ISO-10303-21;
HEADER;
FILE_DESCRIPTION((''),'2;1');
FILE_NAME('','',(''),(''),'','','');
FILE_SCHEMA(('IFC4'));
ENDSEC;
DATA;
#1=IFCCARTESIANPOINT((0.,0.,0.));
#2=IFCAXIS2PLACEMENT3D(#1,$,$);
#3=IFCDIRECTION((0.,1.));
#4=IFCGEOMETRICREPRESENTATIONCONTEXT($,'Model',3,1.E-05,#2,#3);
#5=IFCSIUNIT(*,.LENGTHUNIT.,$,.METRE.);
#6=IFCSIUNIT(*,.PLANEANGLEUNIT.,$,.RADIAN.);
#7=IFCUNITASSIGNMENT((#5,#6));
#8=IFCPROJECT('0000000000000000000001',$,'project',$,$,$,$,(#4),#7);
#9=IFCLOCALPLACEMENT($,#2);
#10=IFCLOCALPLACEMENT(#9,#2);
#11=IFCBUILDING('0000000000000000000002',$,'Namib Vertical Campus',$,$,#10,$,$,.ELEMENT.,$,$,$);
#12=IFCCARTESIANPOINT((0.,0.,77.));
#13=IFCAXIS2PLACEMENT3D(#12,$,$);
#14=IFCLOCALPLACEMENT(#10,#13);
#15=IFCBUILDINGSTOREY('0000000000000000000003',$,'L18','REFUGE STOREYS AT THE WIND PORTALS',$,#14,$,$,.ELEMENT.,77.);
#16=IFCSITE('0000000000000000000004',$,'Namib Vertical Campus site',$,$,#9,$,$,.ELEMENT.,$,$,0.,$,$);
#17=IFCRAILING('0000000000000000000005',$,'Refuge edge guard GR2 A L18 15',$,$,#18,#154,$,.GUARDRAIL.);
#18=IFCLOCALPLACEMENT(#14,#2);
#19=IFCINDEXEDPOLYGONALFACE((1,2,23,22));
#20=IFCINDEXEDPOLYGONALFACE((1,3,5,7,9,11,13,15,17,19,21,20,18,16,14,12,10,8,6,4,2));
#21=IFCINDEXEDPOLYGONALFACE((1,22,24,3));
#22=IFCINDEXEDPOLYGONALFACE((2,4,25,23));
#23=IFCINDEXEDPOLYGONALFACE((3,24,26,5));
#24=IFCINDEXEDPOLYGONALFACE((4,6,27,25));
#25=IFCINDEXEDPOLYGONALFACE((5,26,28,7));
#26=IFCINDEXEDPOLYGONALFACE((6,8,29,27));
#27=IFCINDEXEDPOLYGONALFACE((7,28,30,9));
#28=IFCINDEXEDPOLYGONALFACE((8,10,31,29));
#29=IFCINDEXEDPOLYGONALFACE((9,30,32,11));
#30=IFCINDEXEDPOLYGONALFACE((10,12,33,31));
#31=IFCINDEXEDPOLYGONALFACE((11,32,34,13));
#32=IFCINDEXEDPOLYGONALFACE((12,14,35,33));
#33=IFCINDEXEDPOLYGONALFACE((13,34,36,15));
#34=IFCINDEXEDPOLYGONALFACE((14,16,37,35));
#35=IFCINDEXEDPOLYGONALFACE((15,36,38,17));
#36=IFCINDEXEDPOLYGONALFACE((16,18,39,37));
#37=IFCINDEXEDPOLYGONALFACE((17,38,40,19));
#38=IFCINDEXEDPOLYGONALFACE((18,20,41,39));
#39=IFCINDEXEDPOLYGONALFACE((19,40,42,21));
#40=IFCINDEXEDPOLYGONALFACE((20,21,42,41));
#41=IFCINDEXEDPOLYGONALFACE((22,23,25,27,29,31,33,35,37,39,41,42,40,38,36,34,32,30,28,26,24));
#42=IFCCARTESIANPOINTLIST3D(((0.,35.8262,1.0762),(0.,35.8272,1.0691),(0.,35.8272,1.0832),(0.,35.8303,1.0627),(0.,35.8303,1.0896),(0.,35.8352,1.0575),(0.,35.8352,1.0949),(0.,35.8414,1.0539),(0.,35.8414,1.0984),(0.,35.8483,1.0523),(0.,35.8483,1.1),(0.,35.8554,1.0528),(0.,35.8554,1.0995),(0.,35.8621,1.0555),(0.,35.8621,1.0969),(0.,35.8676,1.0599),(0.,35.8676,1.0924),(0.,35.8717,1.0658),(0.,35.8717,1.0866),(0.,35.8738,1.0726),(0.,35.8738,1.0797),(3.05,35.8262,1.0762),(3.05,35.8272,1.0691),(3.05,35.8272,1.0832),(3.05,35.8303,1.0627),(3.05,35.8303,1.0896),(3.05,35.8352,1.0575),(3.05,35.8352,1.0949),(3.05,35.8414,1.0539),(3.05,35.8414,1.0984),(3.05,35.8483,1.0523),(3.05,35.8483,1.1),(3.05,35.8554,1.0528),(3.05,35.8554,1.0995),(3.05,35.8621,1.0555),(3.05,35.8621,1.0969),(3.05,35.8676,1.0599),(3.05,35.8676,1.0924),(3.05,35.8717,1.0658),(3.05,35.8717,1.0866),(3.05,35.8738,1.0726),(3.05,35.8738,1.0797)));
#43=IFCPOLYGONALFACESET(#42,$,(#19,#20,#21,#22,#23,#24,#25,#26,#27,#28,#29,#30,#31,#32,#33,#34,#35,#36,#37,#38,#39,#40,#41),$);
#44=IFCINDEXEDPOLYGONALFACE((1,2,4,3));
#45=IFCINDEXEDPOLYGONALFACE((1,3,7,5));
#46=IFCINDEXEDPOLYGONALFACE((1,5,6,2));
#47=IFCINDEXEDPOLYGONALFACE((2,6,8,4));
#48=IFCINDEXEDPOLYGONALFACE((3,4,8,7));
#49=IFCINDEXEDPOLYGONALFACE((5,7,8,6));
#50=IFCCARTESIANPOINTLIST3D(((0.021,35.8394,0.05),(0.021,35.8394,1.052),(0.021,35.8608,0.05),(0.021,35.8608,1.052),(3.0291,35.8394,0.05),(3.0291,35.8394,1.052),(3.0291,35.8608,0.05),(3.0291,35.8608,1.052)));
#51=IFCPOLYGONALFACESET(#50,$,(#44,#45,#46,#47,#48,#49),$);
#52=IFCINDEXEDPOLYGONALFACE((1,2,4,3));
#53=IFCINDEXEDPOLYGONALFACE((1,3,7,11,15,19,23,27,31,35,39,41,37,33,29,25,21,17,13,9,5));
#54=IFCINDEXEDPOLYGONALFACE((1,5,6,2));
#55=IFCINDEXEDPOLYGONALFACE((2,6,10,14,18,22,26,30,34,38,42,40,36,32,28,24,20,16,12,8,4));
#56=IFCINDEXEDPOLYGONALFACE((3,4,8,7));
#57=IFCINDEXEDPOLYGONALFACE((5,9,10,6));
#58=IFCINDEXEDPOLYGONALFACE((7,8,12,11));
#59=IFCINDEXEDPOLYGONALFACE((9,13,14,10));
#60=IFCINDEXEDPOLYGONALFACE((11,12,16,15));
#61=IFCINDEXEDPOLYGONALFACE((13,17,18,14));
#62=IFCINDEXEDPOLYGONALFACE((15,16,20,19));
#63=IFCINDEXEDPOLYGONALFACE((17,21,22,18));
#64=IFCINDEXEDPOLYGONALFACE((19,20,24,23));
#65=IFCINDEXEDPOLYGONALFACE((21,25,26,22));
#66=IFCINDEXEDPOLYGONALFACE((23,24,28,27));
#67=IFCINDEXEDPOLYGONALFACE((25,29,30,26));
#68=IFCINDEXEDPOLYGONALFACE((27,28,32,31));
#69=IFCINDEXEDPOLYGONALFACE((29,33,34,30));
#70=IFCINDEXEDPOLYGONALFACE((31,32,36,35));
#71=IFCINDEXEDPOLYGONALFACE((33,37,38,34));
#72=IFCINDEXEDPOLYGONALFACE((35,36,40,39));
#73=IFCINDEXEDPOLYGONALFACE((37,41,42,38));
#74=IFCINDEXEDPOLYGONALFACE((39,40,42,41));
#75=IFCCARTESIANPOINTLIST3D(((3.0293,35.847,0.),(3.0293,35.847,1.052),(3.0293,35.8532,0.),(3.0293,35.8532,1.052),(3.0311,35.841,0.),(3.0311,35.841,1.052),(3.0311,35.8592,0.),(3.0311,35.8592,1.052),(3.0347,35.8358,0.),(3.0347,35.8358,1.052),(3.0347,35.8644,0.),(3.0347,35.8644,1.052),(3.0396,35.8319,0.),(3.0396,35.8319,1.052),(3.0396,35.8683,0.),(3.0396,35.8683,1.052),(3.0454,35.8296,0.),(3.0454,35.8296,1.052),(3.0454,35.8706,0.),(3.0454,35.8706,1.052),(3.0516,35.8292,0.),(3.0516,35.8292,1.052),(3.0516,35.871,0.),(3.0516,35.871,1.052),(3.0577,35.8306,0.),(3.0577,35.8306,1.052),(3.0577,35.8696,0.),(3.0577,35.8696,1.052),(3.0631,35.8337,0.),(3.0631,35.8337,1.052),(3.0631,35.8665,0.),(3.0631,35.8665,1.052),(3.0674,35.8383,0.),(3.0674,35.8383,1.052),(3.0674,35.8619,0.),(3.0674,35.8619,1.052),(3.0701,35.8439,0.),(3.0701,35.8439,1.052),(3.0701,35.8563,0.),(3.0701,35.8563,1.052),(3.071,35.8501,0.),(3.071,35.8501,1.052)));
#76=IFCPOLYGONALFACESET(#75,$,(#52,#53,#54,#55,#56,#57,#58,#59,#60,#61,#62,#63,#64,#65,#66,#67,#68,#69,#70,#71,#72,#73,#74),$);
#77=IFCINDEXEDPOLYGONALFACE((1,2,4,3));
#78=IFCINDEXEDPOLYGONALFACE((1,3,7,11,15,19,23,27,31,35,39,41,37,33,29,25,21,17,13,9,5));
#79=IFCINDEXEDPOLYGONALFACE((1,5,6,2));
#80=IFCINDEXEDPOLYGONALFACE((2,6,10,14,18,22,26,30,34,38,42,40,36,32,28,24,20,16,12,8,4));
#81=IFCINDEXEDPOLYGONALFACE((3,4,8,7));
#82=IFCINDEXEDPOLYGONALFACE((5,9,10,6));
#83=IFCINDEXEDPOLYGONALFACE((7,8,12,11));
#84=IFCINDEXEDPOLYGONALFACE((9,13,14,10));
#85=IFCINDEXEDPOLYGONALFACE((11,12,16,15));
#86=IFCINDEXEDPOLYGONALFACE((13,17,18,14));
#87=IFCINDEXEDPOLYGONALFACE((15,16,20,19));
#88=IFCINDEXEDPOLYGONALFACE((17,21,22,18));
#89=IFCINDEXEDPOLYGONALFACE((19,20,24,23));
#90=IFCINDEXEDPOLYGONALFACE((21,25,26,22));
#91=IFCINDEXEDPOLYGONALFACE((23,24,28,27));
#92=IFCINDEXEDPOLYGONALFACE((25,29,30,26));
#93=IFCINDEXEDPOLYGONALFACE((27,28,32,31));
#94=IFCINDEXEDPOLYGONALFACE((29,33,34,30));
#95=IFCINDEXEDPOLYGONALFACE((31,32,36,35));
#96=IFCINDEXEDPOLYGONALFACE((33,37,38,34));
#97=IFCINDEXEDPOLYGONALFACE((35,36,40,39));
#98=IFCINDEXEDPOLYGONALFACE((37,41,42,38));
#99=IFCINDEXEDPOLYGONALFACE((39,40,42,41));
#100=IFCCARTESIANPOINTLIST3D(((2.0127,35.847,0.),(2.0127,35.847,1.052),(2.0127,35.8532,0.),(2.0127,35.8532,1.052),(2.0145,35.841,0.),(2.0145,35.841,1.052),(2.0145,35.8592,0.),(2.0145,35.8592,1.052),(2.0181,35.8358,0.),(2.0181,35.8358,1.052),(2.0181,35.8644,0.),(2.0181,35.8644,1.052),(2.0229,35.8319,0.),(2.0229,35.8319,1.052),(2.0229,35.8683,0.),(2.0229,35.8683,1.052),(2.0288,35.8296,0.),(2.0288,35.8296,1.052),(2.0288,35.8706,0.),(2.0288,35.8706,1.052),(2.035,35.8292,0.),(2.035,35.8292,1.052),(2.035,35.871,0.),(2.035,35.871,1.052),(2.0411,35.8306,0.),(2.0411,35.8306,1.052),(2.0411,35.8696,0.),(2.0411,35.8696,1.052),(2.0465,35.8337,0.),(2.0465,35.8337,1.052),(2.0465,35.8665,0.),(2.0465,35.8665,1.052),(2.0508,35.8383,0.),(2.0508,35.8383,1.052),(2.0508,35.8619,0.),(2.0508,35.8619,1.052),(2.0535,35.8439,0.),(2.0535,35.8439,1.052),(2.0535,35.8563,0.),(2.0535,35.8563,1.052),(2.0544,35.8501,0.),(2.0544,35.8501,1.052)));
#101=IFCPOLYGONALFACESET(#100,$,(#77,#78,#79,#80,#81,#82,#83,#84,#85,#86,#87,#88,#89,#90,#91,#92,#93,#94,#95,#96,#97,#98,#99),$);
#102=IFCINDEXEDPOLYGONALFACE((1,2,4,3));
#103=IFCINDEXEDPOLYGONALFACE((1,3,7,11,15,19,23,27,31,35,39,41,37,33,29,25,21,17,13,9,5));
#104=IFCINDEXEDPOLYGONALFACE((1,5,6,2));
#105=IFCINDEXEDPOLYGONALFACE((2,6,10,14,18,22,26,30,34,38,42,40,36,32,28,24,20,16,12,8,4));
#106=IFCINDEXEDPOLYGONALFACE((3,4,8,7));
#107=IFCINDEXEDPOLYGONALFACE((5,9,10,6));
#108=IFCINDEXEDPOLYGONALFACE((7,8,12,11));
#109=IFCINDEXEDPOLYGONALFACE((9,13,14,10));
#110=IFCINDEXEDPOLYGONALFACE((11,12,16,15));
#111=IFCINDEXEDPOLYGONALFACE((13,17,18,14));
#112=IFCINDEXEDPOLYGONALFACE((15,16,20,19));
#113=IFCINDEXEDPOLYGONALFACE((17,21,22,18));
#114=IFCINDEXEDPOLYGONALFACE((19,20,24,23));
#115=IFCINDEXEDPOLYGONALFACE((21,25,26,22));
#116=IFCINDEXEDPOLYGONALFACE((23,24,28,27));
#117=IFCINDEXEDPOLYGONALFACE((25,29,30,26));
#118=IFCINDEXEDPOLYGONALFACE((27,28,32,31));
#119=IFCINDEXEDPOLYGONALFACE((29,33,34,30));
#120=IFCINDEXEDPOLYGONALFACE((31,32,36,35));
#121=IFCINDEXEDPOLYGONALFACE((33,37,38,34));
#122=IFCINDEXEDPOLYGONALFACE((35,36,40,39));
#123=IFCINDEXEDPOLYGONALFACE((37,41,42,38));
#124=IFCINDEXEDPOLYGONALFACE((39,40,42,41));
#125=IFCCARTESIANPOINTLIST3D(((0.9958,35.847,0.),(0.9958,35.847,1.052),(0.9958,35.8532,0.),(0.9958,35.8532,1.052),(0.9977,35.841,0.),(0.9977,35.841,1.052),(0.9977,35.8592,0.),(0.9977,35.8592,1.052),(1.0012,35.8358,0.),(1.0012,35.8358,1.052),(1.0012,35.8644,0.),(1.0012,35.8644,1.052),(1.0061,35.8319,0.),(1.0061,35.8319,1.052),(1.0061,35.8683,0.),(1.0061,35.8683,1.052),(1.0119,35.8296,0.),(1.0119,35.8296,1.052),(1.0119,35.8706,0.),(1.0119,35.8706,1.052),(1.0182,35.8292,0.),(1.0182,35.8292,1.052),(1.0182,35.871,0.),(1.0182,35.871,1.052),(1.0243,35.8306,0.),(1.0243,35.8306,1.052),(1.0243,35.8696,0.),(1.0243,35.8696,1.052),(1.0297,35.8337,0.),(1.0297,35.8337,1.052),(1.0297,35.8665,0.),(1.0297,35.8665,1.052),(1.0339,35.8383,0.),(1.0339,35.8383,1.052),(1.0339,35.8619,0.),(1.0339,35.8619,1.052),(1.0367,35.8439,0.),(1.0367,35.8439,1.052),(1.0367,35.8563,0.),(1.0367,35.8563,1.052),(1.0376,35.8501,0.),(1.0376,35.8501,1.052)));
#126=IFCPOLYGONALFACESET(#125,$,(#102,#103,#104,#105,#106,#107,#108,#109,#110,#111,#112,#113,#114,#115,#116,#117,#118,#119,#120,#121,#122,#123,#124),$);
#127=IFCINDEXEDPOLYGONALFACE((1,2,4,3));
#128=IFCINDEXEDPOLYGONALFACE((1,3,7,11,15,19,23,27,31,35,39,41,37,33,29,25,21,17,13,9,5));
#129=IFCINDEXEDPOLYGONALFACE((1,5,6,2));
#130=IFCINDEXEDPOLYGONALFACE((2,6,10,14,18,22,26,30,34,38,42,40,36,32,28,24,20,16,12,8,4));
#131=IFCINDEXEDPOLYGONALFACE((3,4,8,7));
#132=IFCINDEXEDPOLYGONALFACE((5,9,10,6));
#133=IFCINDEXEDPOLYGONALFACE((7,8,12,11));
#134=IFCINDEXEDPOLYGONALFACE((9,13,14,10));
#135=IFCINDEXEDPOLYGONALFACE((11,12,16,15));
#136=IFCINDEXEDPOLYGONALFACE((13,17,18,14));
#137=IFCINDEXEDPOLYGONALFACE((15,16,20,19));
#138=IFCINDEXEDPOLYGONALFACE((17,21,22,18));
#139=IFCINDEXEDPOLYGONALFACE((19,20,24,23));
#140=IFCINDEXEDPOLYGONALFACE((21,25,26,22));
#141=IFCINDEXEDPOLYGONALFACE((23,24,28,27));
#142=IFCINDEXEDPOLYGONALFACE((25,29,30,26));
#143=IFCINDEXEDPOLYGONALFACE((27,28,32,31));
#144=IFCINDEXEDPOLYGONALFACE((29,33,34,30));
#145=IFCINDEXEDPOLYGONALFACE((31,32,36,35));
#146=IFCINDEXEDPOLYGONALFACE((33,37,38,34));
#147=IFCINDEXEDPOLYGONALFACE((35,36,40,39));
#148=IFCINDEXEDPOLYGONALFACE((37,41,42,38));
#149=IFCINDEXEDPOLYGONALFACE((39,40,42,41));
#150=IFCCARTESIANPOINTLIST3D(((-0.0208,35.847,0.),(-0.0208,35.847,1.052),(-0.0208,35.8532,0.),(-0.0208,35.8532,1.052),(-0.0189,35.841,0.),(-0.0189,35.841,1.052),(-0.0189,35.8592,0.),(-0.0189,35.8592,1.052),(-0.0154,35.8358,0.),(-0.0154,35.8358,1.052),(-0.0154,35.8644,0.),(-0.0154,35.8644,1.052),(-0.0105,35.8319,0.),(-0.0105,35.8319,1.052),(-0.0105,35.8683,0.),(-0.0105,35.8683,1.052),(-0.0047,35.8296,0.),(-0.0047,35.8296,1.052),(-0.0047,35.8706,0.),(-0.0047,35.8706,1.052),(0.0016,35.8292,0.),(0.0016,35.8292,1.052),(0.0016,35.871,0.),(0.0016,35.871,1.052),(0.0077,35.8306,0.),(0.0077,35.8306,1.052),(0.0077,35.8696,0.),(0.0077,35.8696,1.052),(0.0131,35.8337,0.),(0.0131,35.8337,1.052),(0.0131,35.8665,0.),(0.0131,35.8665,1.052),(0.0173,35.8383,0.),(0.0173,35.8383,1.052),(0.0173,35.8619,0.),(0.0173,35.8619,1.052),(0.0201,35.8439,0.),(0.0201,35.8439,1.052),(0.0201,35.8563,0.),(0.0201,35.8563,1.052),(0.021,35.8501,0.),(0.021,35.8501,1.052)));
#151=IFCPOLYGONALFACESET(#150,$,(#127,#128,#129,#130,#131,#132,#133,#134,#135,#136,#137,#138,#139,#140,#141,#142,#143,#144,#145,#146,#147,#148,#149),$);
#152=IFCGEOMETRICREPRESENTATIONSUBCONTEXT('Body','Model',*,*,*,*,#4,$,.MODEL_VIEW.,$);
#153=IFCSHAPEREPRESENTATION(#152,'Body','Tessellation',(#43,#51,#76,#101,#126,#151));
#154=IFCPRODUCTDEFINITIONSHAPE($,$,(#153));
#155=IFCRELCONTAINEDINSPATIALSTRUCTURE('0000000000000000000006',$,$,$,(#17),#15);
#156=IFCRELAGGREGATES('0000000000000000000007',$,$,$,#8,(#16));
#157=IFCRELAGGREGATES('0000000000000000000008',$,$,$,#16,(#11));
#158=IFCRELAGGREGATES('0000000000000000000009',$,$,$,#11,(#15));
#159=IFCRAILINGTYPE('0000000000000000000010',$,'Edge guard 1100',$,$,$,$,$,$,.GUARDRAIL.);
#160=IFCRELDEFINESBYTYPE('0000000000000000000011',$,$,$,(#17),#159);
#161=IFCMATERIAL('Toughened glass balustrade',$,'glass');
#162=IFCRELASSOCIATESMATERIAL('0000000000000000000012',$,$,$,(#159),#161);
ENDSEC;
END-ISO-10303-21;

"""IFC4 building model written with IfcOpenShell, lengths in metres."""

from ifc_helpers import new_model, si_unit, direction, frame, origin, origin_2d, place, context, subcontext, project, spatial, polyline, circle, outline, extrude, material, type_object, element, save


model = new_model("IFC4")

# Units and contexts
model_context = context("Model", 3, precision=1e-05, world=origin(), true_north=direction((0.0, 1.0)))
body_context = subcontext(model_context, "Body", "Model", "MODEL_VIEW")
ifc_project = project(units=[si_unit("LENGTHUNIT", "METRE"), si_unit("PLANEANGLEUNIT", "RADIAN")], contexts=[model_context])

# Site, building, storey
site_placement = place(None, origin())
site = spatial("IfcSite", under=ifc_project, at=site_placement, Name="Namib Vertical Campus site", CompositionType="ELEMENT", RefElevation=0.0)
building_placement = place(site_placement, origin())
building = spatial("IfcBuilding", under=site, at=building_placement, Name="Namib Vertical Campus", CompositionType="ELEMENT")
storey_placement = place(building_placement, frame((0.0, 0.0, 77.0)))
storey = spatial("IfcBuildingStorey", under=building, at=storey_placement, Name="L18", Description="REFUGE STOREYS AT THE WIND PORTALS", CompositionType="ELEMENT", Elevation=77.0)

# Railing
ifc_material_1 = material(Name="Toughened glass balustrade", Category="glass")
railing_type = type_object("IfcRailingType", Name="Edge guard 1100", PredefinedType="GUARDRAIL", material=ifc_material_1)
railing_1_placement = place(storey_placement, frame((3.05, 35.8501, 0.0)))
element("IfcRailing", 1, at=railing_1_placement, inside=storey, type_object=railing_type, Name="Refuge edge guard GR2 A L18 15", PredefinedType="GUARDRAIL", context=body_context, shape_type="SweptSolid", body=[
    extrude(circle(Radius=0.0239, at=origin_2d()), frame((0.0, 0.0, 1.0762), z_axis=(-1.0, 0.0, 0.0), x_axis=(0.0, -1.0, 0.0)), (0.0, 0.0, 1.0), 3.05),
    extrude(outline(polyline([(0.021, 0.05), (3.0291, 0.05), (3.0291, 1.052), (0.021, 1.052), (0.021, 0.05)])), frame((0.0, -0.0107, 0.0), z_axis=(0.0, 1.0, 0.0), x_axis=(-1.0, 0.0, 0.0)), (0.0, 0.0, 1.0), 0.0215),
    extrude(circle(Radius=0.021, at=origin_2d()), origin(), (0.0, 0.0, 1.0), 1.052),
    extrude(circle(Radius=0.021, at=origin_2d()), frame((-1.0166, 0.0, 0.0)), (0.0, 0.0, 1.0), 1.052),
    extrude(circle(Radius=0.021, at=origin_2d()), frame((-2.0334, 0.0, 0.0)), (0.0, 0.0, 1.0), 1.052),
    extrude(circle(Radius=0.021, at=origin_2d()), frame((-3.05, 0.0, 0.0)), (0.0, 0.0, 1.0), 1.052),
])

save(model, "model.ifc")
